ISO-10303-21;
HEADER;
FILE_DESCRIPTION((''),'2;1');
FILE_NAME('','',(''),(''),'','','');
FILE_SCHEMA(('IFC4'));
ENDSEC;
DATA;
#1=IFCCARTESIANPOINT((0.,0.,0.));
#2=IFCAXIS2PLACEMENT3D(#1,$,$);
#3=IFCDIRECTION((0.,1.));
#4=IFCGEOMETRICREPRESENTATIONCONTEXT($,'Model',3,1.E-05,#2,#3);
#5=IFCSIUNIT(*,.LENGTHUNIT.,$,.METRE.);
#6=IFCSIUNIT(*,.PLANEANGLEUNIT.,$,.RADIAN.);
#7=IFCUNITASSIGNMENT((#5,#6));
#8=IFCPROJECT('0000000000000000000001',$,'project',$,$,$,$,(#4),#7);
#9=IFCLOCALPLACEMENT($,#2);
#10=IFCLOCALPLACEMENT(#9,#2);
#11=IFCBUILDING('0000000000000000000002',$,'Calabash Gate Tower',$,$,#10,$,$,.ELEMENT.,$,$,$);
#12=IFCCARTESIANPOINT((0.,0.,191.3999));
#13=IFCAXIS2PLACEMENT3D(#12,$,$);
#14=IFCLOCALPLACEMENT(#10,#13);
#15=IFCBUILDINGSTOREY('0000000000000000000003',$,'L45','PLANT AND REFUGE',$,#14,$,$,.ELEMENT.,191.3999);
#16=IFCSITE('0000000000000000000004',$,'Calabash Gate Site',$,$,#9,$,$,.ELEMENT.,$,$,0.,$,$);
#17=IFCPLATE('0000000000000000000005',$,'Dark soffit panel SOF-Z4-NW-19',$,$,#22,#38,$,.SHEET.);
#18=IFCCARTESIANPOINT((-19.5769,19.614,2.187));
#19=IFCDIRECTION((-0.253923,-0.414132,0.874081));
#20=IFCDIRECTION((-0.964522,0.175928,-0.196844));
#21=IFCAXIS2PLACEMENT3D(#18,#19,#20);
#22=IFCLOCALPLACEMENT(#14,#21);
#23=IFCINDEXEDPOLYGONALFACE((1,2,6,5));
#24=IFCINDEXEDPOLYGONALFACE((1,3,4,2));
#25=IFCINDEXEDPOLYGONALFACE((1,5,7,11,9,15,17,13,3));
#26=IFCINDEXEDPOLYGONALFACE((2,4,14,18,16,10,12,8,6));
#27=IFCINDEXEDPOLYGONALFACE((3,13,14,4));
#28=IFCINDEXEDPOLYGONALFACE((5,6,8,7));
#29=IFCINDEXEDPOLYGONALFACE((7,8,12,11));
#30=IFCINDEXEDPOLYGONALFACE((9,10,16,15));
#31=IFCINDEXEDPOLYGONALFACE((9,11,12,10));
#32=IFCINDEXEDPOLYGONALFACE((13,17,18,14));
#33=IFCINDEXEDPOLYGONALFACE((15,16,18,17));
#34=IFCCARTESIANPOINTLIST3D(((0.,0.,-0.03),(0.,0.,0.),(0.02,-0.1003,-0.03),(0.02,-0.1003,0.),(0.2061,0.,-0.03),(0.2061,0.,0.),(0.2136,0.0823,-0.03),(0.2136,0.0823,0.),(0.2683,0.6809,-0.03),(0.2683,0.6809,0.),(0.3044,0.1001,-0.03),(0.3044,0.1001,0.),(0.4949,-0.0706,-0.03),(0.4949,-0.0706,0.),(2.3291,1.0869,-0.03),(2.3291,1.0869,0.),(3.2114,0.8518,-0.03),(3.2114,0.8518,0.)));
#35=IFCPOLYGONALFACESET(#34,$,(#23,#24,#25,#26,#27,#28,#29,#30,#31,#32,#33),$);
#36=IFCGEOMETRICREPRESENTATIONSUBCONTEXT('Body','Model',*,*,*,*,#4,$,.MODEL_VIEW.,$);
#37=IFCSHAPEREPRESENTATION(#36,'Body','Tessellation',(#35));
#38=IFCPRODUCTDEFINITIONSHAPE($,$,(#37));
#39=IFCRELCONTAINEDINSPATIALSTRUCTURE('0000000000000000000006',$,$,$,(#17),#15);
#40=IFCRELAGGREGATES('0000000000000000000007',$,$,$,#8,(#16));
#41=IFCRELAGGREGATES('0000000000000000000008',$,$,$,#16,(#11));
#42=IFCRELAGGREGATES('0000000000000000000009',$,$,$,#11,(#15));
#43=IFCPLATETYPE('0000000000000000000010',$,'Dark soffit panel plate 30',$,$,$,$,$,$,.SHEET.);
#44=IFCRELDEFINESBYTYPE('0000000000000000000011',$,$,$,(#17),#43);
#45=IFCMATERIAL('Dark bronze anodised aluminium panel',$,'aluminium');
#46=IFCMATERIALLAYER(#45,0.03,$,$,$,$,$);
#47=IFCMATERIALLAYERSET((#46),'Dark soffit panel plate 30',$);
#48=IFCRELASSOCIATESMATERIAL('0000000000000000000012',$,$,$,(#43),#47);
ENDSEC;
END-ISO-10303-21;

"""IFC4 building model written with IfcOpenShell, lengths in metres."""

from ifc_helpers import new_model, si_unit, direction, frame, origin, place, context, subcontext, project, spatial, polyline, outline, extrude, material, layer, layer_set, type_object, element, save


model = new_model("IFC4")

# Units and contexts
model_context = context("Model", 3, precision=1e-05, world=origin(), true_north=direction((0.0, 1.0)))
body_context = subcontext(model_context, "Body", "Model", "MODEL_VIEW")
ifc_project = project(units=[si_unit("LENGTHUNIT", "METRE"), si_unit("PLANEANGLEUNIT", "RADIAN")], contexts=[model_context])

# Site, building, storey
site_placement = place(None, origin())
site = spatial("IfcSite", under=ifc_project, at=site_placement, Name="Calabash Gate Site", CompositionType="ELEMENT", RefElevation=0.0)
building_placement = place(site_placement, origin())
building = spatial("IfcBuilding", under=site, at=building_placement, Name="Calabash Gate Tower", CompositionType="ELEMENT")
storey_placement = place(building_placement, frame((0.0, 0.0, 191.3999)))
storey = spatial("IfcBuildingStorey", under=building, at=storey_placement, Name="L45", Description="PLANT AND REFUGE", CompositionType="ELEMENT", Elevation=191.3999)

# Plate
ifc_material_1 = material(Name="Dark bronze anodised aluminium panel", Category="aluminium")
ifc_layer_1 = layer(ifc_material_1, 0.03)
ifc_layer_set_1 = layer_set([ifc_layer_1], Name="Dark soffit panel plate 30")
plate_type_1 = type_object("IfcPlateType", Name="Dark soffit panel plate 30", PredefinedType="SHEET", material=ifc_layer_set_1)
plate_1_placement = place(storey_placement, frame((-19.5769, 19.614, 2.187), z_axis=(-0.253923, -0.414132, 0.874081), x_axis=(-0.964522, 0.175928, -0.196844)))
element("IfcPlate", 1, at=plate_1_placement, inside=storey, type_object=plate_type_1, Name="Dark soffit panel SOF-Z4-NW-19", PredefinedType="SHEET", context=body_context, shape_type="SweptSolid", body=[
    extrude(outline(polyline([(0.0, 0.0), (0.2061, 0.0), (0.2136, 0.0823), (0.3044, 0.1001), (0.2683, 0.6809), (2.3291, 1.0869), (3.2114, 0.8518), (0.4949, -0.0706), (0.02, -0.1003), (0.0, 0.0)])), origin(), (0.0, 0.0, -1.0), 0.03),
])

save(model, "model.ifc")
